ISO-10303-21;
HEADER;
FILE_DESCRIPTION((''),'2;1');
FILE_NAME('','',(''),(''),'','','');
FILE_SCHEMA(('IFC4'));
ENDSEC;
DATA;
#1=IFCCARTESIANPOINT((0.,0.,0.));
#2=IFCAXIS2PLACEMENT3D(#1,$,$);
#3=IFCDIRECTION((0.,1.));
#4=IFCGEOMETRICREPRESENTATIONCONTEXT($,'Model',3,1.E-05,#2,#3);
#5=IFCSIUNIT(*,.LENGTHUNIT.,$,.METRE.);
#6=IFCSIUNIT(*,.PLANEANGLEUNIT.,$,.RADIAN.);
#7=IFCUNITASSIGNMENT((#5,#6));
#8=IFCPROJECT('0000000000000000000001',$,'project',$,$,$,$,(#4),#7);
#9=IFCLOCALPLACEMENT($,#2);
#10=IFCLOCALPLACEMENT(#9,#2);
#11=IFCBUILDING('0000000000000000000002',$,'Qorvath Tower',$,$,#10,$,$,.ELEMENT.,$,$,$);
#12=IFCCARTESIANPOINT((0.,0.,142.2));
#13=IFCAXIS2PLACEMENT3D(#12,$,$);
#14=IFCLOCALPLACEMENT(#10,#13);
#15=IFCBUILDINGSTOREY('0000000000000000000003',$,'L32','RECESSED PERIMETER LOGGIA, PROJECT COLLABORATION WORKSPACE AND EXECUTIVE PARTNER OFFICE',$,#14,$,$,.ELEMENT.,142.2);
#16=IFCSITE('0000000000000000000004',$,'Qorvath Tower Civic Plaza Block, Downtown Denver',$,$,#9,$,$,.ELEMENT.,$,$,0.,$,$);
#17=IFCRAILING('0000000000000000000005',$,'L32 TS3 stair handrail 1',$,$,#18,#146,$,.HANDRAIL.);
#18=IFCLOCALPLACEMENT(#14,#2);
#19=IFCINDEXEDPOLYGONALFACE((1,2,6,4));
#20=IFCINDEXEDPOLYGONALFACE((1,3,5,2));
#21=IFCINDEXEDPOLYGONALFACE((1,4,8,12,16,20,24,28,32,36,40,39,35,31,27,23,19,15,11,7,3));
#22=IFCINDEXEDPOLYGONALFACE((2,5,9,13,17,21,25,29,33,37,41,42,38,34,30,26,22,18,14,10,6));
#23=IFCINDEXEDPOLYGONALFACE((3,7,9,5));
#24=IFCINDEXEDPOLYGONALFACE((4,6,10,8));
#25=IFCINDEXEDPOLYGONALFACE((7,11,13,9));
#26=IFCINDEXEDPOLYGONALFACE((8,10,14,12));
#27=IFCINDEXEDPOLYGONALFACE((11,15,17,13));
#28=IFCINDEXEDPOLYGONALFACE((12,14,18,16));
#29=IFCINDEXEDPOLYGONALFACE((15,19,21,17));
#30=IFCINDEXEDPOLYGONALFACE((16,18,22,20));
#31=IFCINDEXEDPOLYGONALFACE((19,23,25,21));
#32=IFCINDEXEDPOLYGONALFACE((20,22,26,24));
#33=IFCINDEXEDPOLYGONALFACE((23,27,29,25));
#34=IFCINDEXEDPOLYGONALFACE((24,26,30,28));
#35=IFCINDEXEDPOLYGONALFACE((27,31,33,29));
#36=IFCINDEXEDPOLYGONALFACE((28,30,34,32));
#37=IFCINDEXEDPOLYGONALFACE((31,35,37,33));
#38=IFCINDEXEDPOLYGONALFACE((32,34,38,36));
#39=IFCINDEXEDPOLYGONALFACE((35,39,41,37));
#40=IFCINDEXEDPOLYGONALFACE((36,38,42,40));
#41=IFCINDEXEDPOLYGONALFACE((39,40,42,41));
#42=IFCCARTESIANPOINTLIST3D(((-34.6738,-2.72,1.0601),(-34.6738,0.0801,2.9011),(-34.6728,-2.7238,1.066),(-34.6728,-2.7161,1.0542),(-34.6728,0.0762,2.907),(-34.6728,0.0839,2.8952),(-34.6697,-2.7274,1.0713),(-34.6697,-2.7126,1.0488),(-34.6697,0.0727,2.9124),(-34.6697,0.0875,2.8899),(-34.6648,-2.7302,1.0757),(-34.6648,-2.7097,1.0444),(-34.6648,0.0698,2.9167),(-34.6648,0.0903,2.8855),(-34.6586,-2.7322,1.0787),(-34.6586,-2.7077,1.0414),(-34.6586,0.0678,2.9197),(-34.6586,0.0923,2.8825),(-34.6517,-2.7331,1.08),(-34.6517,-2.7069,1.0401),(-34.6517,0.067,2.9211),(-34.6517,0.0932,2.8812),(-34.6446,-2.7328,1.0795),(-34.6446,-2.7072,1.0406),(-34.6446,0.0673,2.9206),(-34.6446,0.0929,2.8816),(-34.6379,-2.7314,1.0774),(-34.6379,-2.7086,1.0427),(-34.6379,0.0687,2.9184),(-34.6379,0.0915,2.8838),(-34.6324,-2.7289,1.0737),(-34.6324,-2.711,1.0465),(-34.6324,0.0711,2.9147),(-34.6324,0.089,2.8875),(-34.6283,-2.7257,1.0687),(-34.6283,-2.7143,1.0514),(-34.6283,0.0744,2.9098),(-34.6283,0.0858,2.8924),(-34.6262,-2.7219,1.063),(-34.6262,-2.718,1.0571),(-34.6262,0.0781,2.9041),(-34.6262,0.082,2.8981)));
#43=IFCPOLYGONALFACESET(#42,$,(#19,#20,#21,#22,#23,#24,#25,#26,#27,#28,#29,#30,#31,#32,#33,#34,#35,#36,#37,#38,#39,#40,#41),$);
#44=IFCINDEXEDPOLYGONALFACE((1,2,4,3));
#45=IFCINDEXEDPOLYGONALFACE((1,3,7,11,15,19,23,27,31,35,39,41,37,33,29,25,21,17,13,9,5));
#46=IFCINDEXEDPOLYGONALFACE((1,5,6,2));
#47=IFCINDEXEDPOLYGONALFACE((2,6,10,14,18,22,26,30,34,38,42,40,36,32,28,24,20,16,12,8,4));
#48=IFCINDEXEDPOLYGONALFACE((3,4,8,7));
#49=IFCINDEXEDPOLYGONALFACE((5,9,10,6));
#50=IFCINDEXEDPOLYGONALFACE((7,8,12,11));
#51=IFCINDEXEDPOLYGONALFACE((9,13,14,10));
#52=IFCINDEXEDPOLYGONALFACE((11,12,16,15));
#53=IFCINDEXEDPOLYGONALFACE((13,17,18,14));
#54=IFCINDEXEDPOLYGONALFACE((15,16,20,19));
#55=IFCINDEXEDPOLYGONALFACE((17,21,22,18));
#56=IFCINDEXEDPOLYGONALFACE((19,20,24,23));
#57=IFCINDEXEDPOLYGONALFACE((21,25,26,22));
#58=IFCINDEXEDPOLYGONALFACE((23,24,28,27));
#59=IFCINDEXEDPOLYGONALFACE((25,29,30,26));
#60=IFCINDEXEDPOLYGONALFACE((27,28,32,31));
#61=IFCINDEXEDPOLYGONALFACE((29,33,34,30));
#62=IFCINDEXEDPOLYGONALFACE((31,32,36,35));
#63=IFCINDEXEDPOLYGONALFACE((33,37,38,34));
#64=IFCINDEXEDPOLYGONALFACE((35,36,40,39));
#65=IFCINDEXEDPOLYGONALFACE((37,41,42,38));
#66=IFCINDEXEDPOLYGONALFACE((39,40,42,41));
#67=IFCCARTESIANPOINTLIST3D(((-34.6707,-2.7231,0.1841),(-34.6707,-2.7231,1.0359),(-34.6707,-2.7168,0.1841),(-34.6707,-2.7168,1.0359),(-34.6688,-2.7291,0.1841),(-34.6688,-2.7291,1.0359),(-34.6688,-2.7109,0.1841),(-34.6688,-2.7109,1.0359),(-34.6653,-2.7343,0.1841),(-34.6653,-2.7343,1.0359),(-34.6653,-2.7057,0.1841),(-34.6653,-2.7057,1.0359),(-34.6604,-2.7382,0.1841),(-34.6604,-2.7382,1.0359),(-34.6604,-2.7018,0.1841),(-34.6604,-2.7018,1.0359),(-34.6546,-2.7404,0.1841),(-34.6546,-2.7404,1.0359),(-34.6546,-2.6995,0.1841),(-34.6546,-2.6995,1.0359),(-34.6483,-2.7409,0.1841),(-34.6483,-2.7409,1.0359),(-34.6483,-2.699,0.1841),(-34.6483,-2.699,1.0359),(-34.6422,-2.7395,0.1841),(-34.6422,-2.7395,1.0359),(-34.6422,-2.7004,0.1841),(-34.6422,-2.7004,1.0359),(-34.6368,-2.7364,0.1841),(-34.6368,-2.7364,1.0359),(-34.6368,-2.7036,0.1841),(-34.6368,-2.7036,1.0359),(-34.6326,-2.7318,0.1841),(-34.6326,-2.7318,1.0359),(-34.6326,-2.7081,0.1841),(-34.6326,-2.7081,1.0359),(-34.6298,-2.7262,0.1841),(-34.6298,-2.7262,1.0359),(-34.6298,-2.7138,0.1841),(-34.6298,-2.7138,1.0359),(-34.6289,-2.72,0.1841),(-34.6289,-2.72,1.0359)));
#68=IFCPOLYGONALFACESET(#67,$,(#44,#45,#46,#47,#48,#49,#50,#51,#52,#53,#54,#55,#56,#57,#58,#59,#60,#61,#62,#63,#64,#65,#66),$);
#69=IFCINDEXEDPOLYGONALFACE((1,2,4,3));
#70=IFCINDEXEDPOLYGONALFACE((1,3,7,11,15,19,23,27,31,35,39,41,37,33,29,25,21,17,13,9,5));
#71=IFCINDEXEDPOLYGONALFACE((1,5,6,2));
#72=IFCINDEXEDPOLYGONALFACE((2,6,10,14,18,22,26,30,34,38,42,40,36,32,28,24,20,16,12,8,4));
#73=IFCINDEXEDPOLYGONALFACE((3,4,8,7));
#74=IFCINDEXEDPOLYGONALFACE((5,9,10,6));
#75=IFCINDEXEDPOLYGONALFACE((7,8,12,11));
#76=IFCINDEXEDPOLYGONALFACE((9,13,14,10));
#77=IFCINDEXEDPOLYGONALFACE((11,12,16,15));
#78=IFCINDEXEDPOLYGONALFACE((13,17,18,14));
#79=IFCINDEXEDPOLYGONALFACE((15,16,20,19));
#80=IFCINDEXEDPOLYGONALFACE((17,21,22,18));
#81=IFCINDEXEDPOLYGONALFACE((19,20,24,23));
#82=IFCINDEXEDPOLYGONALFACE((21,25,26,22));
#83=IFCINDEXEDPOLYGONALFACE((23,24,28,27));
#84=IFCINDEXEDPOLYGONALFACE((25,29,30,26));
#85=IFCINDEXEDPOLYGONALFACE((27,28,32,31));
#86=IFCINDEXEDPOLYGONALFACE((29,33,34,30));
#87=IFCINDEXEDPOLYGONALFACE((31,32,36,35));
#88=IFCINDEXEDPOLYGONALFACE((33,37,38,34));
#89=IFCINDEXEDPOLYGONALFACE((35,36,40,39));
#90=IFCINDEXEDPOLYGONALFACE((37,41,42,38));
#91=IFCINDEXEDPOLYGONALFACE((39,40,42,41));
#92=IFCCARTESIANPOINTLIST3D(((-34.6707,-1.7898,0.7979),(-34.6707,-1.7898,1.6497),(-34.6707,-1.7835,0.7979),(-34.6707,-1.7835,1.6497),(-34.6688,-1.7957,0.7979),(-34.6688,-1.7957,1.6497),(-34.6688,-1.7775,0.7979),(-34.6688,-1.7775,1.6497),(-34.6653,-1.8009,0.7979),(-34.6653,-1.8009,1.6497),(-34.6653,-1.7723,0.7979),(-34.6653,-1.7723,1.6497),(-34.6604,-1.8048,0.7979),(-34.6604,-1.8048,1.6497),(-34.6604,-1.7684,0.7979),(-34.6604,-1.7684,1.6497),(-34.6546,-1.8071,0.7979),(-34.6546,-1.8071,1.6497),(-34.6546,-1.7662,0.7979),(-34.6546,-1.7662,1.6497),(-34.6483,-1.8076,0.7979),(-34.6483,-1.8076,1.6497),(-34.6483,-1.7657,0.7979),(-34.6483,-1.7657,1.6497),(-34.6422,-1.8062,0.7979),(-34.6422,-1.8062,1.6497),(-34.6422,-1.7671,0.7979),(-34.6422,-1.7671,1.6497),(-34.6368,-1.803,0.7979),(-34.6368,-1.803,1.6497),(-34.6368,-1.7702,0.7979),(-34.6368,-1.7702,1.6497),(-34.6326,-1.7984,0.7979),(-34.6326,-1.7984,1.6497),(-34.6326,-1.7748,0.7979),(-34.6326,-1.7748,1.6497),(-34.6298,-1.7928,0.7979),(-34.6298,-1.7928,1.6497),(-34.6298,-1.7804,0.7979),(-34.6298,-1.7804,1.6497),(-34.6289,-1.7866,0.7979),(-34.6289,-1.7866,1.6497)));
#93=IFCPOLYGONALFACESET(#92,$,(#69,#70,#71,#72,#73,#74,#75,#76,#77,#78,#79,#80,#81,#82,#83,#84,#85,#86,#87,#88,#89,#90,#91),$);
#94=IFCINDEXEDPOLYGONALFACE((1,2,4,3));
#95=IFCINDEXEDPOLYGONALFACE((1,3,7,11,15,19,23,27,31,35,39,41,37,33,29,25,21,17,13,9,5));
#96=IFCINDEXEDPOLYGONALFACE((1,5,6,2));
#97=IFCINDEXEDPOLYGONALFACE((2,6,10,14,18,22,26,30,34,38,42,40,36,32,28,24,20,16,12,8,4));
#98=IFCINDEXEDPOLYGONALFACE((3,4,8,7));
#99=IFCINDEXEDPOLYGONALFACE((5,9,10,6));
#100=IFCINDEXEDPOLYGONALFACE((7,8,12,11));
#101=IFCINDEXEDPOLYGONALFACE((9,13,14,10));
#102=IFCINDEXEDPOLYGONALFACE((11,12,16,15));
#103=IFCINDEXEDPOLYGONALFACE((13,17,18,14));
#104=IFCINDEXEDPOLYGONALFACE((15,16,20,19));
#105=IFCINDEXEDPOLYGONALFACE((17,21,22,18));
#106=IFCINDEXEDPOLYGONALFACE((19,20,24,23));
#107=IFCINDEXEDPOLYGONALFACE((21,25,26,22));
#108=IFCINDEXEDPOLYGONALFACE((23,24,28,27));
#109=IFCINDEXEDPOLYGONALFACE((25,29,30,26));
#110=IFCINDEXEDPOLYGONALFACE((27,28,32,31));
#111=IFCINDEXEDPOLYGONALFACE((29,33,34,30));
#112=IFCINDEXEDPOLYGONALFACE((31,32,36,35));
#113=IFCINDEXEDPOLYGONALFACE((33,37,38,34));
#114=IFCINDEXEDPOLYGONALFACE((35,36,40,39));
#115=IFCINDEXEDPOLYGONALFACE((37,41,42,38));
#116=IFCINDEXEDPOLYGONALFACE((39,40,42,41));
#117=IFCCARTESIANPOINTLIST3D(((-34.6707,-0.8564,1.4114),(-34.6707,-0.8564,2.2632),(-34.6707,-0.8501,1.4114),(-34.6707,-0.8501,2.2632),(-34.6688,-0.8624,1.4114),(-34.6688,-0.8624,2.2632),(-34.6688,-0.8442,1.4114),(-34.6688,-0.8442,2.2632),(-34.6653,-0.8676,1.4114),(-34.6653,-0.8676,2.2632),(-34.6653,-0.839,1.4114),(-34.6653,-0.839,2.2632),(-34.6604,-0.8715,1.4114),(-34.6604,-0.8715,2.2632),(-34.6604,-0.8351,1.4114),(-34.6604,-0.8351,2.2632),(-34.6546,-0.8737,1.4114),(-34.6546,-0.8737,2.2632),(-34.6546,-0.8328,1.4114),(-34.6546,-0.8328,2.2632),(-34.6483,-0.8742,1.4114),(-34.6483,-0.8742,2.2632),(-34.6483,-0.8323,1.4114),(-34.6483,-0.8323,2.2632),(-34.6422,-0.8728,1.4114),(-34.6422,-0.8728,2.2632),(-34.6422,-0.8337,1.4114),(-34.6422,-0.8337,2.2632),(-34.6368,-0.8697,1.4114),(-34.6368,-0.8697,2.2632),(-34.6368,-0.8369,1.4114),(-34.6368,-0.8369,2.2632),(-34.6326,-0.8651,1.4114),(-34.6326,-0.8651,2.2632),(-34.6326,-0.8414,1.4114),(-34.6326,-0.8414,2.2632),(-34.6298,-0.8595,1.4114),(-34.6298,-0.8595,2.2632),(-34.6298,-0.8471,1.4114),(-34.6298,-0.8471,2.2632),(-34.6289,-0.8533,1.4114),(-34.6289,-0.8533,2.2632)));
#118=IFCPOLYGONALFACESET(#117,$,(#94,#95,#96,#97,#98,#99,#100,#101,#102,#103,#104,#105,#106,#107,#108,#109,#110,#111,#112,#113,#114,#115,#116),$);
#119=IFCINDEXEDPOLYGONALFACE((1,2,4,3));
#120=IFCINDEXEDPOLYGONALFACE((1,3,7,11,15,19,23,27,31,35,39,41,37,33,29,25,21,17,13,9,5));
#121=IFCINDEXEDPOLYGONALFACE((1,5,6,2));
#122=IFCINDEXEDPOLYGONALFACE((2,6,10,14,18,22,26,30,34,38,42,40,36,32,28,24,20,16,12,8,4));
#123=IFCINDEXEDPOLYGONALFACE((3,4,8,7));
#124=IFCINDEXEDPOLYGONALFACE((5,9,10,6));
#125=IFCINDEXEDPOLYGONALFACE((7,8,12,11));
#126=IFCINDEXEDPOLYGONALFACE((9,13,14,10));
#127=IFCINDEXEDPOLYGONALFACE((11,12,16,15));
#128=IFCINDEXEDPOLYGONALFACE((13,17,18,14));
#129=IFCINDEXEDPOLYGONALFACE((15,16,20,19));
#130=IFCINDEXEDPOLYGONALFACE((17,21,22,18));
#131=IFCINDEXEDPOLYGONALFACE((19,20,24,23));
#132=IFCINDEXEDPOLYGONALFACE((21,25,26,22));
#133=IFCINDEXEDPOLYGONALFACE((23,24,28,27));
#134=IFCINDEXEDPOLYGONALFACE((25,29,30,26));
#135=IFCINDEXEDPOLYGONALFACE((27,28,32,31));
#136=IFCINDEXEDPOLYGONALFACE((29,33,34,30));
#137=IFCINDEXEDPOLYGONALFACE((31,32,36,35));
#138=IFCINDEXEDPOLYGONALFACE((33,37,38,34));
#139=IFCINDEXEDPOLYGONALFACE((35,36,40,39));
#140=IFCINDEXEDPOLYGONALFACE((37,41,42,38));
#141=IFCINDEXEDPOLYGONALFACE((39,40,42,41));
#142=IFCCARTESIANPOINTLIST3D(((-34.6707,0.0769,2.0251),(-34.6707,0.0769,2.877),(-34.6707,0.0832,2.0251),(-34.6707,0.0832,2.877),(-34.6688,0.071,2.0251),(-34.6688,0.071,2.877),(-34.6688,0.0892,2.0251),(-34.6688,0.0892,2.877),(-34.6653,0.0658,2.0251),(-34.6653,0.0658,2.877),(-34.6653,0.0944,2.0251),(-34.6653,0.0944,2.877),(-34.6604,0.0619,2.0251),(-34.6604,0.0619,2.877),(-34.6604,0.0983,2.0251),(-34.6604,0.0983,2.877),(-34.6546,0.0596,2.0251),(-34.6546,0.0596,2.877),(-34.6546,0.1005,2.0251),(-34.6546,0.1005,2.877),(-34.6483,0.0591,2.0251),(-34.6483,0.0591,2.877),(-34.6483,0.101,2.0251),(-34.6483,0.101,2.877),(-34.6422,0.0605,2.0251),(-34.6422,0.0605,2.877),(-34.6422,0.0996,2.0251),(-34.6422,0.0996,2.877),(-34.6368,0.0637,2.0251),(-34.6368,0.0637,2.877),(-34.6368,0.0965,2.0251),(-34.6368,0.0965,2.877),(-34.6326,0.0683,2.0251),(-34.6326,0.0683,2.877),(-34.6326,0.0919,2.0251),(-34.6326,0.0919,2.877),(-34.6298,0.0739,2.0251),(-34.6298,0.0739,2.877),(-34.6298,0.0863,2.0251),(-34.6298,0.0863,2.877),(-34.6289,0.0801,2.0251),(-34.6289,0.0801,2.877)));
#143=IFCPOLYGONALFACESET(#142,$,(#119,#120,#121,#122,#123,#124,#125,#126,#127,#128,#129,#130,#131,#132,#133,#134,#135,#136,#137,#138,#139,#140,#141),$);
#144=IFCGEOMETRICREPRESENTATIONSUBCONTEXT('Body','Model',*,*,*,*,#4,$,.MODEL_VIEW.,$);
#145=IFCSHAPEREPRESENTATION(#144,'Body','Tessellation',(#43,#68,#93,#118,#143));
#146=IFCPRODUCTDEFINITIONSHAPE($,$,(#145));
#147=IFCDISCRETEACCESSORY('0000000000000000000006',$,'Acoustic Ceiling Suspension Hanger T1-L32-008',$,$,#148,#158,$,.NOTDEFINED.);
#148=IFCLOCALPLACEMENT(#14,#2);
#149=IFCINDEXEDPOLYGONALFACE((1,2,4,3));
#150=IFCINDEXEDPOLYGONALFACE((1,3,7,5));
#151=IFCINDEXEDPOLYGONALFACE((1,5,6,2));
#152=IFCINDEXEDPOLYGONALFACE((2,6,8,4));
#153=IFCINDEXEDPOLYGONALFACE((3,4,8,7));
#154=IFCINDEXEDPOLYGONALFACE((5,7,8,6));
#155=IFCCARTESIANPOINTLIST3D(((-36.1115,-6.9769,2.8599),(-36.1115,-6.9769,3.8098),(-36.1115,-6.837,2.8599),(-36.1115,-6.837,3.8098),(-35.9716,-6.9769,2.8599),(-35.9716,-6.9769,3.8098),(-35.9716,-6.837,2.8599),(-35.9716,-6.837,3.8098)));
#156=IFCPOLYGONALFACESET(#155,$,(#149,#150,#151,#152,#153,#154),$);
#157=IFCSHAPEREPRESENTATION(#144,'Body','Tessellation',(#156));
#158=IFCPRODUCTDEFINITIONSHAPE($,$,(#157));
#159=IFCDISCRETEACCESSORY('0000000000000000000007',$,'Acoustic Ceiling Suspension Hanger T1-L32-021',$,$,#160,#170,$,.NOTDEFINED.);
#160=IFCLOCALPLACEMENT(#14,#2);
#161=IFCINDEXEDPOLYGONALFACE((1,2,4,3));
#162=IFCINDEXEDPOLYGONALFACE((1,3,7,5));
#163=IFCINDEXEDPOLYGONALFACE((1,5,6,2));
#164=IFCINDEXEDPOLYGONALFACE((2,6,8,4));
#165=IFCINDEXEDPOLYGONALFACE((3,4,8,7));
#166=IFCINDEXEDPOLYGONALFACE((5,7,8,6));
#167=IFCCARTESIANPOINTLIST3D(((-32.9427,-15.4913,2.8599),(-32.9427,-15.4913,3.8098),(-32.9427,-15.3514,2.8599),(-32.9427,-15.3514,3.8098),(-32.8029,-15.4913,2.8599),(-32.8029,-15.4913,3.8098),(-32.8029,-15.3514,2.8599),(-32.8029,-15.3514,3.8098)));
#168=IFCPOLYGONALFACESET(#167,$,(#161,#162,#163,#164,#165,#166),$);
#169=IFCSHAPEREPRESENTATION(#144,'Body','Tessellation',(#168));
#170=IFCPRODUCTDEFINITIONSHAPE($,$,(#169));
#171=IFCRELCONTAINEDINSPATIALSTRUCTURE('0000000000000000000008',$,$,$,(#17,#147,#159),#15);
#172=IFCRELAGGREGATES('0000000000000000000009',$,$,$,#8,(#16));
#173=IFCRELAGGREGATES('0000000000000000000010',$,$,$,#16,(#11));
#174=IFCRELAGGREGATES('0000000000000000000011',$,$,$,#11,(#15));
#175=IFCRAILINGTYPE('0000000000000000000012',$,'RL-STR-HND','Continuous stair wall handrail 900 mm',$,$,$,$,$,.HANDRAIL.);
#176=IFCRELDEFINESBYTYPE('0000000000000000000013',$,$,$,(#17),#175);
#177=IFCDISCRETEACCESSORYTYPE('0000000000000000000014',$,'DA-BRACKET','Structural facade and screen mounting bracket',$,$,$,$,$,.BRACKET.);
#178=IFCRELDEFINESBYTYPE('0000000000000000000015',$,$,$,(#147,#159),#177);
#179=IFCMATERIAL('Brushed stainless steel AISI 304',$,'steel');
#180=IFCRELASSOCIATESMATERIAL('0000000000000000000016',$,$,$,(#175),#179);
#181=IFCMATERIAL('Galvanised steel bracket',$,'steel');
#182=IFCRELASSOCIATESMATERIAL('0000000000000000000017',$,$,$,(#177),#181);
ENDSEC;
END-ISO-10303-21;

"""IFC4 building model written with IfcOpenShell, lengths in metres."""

from ifc_helpers import new_model, si_unit, direction, frame, origin, origin_2d, place, context, subcontext, project, spatial, rectangle, circle, extrude, material, type_object, element, save


model = new_model("IFC4")

# Units and contexts
model_context = context("Model", 3, precision=1e-05, world=origin(), true_north=direction((0.0, 1.0)))
body_context = subcontext(model_context, "Body", "Model", "MODEL_VIEW")
ifc_project = project(units=[si_unit("LENGTHUNIT", "METRE"), si_unit("PLANEANGLEUNIT", "RADIAN")], contexts=[model_context])

# Site, building, storey
site_placement = place(None, origin())
site = spatial("IfcSite", under=ifc_project, at=site_placement, Name="Qorvath Tower Civic Plaza Block, Downtown Denver", CompositionType="ELEMENT", RefElevation=0.0)
building_placement = place(site_placement, origin())
building = spatial("IfcBuilding", under=site, at=building_placement, Name="Qorvath Tower", CompositionType="ELEMENT")
storey_placement = place(building_placement, frame((0.0, 0.0, 142.2)))
storey = spatial("IfcBuildingStorey", under=building, at=storey_placement, Name="L32", Description="RECESSED PERIMETER LOGGIA, PROJECT COLLABORATION WORKSPACE AND EXECUTIVE PARTNER OFFICE", CompositionType="ELEMENT", Elevation=142.2)

# Railing
ifc_material_1 = material(Name="Brushed stainless steel AISI 304", Category="steel")
railing_type_1 = type_object("IfcRailingType", Name="RL-STR-HND", Description="Continuous stair wall handrail 900 mm", PredefinedType="HANDRAIL", material=ifc_material_1)
railing_1_placement = place(storey_placement, frame((-34.6499, -2.72, 0.1841)))
element("IfcRailing", 1, at=railing_1_placement, inside=storey, type_object=railing_type_1, Name="L32 TS3 stair handrail 1", PredefinedType="HANDRAIL", context=body_context, shape_type="SweptSolid", body=[
    extrude(circle(Radius=0.0239, at=origin_2d()), frame((0.0, 0.0, 0.876), z_axis=(0.0, 0.835564, 0.549393), x_axis=(-1.0, 0.0, 0.0)), (0.0, 0.0, 1.0), 3.3511),
    extrude(circle(Radius=0.021, at=origin_2d()), origin(), (0.0, 0.0, 1.0), 0.8518),
    extrude(circle(Radius=0.021, at=origin_2d()), frame((0.0, 0.9333, 0.6138)), (0.0, 0.0, 1.0), 0.8518),
    extrude(circle(Radius=0.021, at=origin_2d()), frame((0.0, 1.8667, 1.2273)), (0.0, 0.0, 1.0), 0.8518),
    extrude(circle(Radius=0.021, at=origin_2d()), frame((0.0, 2.8, 1.8411)), (0.0, 0.0, 1.0), 0.8518),
])

# Discrete accessories
ifc_material_2 = material(Name="Galvanised steel bracket", Category="steel")
discrete_accessory_type = type_object("IfcDiscreteAccessoryType", Name="DA-BRACKET", Description="Structural facade and screen mounting bracket", PredefinedType="BRACKET", material=ifc_material_2)
for number, where, z_axis, x_axis, name in (
    (2, (-36.0415, -6.907, 2.8599), (0.0, 0.0, 1.0), (1.0, 0.0, 0.0), "Acoustic Ceiling Suspension Hanger T1-L32-008"),
    (3, (-32.8728, -15.4214, 2.8599), (0.0, 0.0, 1.0), (1.0, 0.0, 0.0), "Acoustic Ceiling Suspension Hanger T1-L32-021"),
):
    element("IfcDiscreteAccessory", number, at=place(storey_placement, frame(where, z_axis=z_axis, x_axis=x_axis)), inside=storey, type_object=discrete_accessory_type, Name=name, PredefinedType="NOTDEFINED", context=body_context, shape_type="SweptSolid", body=[
        extrude(rectangle(XDim=0.1399, YDim=0.1399, at=origin_2d()), origin(), (0.0, 0.0, 1.0), 0.95),
    ])

save(model, "model.ifc")
